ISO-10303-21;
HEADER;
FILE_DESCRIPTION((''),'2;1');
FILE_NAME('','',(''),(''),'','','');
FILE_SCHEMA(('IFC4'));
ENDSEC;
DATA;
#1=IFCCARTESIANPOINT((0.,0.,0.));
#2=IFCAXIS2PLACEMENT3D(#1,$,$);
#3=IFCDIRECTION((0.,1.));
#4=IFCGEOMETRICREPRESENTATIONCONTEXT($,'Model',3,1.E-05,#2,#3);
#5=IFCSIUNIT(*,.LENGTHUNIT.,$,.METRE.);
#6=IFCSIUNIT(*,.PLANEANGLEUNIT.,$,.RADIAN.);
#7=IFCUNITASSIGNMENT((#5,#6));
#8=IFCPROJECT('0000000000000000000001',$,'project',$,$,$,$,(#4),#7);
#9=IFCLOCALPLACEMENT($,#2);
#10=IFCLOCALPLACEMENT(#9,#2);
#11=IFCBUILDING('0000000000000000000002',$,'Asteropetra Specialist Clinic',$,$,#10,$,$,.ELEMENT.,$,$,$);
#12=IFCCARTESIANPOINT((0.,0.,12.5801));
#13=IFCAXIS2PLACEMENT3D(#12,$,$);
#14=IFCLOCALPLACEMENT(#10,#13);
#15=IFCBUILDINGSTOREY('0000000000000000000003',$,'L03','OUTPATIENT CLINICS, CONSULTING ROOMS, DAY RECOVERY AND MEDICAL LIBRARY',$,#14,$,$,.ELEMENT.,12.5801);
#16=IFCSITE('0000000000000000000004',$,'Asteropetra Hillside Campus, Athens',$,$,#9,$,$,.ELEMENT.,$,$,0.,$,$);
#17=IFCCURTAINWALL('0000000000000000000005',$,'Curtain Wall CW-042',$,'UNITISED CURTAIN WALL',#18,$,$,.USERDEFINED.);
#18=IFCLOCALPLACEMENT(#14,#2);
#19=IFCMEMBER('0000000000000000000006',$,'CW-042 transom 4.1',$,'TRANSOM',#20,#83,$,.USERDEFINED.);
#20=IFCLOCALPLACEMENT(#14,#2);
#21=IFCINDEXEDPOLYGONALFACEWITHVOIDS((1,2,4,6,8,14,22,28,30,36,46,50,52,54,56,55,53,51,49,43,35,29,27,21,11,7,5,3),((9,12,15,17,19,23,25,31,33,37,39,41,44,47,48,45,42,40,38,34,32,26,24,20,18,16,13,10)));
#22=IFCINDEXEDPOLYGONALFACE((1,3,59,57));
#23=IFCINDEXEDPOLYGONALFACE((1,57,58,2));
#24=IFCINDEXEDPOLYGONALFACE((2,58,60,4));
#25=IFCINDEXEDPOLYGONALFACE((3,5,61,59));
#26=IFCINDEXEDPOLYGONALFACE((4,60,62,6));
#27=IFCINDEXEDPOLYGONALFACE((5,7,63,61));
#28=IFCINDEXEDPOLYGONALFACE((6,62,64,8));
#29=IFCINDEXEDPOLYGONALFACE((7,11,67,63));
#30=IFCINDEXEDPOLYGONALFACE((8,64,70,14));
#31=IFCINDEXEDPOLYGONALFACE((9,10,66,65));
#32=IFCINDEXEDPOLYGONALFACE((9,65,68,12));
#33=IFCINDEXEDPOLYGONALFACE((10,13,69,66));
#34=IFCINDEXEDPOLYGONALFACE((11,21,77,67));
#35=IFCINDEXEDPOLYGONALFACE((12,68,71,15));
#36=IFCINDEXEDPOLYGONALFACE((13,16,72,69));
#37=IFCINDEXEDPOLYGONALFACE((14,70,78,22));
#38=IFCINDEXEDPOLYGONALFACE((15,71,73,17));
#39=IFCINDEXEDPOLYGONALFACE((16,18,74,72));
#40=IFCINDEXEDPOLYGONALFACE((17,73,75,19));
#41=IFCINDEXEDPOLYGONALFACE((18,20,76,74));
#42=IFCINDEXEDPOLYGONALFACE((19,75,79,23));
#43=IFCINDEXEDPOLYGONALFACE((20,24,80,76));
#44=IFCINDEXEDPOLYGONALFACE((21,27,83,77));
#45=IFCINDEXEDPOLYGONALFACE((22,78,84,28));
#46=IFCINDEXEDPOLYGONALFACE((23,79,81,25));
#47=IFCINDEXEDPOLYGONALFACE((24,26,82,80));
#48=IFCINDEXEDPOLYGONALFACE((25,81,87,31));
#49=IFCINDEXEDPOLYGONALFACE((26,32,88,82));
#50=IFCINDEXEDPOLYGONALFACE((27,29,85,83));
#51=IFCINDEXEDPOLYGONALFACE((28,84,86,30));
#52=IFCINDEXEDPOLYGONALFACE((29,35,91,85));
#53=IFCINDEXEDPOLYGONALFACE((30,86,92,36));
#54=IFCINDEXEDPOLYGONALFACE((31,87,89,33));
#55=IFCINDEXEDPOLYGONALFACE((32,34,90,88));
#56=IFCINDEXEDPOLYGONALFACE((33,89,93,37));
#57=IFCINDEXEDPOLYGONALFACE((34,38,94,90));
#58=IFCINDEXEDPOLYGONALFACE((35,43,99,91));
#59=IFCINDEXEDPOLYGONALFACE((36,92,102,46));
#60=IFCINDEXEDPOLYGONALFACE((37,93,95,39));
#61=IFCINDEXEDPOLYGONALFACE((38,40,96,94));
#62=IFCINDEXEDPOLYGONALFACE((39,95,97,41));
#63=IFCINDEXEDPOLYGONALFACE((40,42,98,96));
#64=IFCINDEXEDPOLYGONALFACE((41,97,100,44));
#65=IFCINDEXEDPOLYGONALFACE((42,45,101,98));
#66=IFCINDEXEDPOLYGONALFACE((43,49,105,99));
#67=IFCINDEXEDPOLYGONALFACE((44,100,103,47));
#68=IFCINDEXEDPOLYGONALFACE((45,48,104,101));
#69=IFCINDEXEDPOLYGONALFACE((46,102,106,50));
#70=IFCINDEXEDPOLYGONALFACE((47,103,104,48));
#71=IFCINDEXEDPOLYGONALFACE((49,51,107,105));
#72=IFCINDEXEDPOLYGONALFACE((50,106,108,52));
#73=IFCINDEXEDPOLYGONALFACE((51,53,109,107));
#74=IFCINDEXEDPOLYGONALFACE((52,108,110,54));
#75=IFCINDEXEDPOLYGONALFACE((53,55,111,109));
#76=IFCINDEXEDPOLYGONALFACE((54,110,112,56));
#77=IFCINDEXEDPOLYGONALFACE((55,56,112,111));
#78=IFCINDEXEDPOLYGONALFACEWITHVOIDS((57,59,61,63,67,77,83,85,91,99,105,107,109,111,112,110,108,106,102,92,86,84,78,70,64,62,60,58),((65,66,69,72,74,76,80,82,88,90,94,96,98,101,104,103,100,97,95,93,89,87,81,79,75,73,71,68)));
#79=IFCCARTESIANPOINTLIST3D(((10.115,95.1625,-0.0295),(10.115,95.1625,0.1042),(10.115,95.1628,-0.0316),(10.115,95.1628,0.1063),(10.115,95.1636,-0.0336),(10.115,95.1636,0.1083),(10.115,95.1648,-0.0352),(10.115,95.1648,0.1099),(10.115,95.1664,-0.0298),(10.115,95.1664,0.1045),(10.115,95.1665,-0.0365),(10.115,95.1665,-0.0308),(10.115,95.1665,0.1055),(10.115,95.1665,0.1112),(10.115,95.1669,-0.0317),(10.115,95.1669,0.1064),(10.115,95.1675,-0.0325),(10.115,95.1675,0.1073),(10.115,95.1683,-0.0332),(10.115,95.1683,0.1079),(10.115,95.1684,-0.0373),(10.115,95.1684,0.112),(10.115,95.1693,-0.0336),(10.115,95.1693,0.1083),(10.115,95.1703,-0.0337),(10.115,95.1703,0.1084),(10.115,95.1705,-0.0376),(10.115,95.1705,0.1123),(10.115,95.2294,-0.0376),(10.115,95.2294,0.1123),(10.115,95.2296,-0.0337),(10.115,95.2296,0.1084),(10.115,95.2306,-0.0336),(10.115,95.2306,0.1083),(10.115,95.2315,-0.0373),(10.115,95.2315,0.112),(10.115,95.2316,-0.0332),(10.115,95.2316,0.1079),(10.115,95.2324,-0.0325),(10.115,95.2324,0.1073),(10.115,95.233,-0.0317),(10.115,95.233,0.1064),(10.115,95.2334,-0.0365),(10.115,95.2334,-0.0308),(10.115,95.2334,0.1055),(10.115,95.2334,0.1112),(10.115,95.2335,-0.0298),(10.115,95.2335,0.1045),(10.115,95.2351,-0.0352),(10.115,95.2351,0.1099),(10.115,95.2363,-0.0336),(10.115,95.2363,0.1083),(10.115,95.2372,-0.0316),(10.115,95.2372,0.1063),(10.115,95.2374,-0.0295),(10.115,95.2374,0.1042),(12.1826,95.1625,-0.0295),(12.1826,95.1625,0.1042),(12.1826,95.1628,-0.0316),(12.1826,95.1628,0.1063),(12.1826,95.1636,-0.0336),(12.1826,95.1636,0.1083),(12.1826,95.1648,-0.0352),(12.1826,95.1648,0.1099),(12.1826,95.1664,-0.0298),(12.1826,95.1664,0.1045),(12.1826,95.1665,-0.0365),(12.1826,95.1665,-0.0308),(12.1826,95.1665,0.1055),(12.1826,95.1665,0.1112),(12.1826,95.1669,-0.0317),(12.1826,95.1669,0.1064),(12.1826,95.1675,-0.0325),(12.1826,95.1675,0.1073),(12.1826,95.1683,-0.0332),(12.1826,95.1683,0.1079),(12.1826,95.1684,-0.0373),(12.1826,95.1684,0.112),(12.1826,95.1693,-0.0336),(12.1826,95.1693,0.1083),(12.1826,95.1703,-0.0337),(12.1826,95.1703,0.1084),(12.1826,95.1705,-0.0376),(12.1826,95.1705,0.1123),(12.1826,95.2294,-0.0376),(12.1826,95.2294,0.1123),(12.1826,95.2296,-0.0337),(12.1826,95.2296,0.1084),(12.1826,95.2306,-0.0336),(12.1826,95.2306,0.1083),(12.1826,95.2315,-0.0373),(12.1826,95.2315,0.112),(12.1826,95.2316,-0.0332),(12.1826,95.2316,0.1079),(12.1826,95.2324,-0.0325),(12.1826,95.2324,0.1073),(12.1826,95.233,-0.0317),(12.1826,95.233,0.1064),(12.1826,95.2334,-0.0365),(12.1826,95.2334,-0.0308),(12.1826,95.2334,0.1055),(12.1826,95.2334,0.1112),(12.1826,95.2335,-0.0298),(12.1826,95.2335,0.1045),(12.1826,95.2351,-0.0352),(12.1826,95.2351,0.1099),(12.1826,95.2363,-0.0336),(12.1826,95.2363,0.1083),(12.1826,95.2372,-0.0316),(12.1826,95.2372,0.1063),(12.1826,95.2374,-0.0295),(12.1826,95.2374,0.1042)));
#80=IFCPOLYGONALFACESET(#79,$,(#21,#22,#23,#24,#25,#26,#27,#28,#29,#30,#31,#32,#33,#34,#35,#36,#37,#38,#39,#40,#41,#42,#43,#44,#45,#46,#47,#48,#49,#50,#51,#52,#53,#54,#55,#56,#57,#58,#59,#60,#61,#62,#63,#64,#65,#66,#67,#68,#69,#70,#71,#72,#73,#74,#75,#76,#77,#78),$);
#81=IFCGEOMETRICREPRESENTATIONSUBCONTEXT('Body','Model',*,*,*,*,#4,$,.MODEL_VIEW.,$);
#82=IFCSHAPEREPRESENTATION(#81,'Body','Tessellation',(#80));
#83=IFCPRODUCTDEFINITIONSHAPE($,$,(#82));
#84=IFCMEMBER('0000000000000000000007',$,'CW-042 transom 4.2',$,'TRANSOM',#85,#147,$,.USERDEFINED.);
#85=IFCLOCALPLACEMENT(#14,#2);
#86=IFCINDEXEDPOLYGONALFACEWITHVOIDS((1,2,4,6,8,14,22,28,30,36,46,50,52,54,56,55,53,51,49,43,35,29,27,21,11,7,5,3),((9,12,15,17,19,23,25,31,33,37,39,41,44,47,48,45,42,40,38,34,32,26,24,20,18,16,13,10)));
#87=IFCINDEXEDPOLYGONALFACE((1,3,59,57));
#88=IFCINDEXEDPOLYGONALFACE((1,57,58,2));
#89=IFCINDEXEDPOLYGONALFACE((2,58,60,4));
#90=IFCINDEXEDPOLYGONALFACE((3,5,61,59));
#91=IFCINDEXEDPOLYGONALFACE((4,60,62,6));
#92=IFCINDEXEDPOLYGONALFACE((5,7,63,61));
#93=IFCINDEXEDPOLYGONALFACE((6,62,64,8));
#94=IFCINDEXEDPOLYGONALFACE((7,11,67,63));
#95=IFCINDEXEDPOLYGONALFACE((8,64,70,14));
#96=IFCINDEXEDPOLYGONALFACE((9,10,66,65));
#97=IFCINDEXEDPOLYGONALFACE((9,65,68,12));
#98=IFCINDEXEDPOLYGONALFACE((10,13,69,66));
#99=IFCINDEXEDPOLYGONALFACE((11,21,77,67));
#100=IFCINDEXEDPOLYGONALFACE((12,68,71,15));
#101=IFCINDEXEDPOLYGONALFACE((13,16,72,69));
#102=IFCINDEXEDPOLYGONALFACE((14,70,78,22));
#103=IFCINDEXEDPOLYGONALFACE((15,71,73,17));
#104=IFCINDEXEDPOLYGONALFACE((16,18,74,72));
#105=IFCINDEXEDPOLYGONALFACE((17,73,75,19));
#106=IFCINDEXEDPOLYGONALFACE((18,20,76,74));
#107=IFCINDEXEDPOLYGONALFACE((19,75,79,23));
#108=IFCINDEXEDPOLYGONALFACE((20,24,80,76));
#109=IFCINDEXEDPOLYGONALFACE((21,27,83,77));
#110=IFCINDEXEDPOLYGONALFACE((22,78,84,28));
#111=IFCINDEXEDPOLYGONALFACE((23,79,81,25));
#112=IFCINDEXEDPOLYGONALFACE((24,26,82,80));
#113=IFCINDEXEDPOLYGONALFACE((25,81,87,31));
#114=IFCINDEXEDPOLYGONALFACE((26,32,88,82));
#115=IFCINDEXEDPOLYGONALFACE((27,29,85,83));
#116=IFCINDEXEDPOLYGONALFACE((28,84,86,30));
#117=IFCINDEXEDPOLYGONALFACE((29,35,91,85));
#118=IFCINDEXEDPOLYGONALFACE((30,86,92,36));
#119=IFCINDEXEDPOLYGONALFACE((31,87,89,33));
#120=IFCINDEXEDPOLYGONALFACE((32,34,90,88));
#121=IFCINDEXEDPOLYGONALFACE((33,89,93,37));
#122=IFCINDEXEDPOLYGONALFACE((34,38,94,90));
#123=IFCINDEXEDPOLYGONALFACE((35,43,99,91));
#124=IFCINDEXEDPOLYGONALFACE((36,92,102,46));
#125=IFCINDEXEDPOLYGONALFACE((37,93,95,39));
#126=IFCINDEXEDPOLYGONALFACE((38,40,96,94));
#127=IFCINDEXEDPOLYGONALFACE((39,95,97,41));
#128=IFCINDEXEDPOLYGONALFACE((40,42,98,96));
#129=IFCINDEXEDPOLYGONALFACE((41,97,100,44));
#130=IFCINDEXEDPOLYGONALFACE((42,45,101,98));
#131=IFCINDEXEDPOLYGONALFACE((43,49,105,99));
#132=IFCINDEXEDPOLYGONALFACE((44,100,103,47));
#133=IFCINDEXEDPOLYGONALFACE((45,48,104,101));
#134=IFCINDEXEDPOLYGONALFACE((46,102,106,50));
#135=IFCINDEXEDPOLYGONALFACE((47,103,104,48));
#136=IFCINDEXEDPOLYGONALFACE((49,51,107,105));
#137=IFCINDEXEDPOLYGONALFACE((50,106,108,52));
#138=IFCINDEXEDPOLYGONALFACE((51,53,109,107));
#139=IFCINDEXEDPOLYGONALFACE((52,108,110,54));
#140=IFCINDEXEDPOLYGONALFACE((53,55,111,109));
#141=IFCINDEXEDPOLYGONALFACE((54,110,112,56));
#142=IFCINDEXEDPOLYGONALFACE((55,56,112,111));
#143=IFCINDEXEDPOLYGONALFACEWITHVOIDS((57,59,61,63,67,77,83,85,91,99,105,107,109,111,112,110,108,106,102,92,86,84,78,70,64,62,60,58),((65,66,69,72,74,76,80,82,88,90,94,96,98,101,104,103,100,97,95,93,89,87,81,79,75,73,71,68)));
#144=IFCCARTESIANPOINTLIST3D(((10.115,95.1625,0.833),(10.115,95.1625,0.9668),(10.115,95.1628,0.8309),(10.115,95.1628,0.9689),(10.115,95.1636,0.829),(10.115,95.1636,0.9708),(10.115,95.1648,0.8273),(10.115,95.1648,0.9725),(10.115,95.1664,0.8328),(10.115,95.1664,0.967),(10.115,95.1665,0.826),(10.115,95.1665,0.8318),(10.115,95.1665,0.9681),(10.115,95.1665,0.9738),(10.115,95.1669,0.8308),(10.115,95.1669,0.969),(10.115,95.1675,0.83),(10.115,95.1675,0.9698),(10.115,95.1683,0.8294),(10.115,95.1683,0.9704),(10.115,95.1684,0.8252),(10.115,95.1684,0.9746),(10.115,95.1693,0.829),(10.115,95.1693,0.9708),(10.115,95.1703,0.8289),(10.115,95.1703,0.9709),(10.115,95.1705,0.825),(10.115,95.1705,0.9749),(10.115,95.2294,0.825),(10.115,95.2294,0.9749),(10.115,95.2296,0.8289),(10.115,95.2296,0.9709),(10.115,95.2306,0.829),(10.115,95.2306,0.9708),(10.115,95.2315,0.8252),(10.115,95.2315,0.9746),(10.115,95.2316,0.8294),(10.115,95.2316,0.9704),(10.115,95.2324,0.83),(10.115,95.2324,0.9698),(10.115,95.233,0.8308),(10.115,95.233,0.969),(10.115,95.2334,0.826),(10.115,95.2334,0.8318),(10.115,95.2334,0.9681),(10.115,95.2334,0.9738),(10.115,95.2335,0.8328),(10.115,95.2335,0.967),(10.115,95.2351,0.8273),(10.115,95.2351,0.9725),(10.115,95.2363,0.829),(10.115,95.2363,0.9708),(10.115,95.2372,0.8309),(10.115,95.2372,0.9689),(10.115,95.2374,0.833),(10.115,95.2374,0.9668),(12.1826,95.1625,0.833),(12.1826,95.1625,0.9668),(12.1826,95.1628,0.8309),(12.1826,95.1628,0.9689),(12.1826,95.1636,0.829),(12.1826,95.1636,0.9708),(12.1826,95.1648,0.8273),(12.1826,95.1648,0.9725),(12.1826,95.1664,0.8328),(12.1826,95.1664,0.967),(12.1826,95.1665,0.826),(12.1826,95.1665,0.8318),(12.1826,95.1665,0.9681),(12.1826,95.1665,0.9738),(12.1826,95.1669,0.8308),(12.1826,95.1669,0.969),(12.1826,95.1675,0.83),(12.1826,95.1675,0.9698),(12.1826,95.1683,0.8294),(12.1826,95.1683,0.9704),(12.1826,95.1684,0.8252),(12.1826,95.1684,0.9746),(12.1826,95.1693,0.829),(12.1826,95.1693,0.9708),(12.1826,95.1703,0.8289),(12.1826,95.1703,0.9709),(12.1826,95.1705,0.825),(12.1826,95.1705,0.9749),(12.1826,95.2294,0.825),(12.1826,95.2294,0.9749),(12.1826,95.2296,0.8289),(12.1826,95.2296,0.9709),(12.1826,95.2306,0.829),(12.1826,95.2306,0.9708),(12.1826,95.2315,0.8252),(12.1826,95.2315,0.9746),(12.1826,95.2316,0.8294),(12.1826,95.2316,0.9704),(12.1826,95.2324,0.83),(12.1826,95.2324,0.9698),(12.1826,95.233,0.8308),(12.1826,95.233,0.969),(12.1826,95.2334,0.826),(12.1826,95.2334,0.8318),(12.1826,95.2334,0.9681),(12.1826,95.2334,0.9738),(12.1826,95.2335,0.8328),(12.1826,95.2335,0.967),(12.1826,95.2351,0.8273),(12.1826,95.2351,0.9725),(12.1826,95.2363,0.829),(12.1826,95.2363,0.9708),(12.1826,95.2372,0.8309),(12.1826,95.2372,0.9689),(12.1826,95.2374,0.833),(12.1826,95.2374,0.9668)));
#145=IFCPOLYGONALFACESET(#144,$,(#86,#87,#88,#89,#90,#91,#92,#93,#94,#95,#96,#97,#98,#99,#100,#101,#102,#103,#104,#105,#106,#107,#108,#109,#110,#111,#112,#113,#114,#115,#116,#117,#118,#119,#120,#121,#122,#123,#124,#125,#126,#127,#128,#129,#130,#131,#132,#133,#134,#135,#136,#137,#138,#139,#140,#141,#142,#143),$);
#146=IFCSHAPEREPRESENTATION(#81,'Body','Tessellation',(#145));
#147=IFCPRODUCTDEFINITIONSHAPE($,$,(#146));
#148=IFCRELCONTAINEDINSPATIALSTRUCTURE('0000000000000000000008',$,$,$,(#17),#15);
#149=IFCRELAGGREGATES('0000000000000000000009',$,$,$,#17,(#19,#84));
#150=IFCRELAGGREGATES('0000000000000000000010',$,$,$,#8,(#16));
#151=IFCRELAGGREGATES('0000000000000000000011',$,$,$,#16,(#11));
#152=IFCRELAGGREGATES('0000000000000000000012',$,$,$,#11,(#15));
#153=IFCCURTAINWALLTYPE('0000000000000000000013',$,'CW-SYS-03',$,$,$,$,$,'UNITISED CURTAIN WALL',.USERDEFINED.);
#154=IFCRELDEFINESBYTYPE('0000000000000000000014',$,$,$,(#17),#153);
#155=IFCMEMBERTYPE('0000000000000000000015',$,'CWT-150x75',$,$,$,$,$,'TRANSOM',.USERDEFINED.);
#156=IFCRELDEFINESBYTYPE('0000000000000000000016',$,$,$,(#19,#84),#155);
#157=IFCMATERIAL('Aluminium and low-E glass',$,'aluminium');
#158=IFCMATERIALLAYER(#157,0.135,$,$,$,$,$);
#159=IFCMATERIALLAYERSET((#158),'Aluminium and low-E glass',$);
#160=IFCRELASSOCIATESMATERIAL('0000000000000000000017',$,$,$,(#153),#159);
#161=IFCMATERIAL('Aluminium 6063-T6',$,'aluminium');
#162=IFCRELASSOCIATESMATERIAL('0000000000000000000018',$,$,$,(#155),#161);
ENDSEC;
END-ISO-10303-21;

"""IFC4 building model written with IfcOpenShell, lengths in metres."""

from ifc_helpers import new_model, si_unit, direction, frame, origin, origin_2d, place, context, subcontext, project, spatial, hollow_rectangle, extrude, material, layer, layer_set, material_profile, profile_set, type_object, element, aggregate, save


model = new_model("IFC4")

# Units and contexts
model_context = context("Model", 3, precision=1e-05, world=origin(), true_north=direction((0.0, 1.0)))
body_context = subcontext(model_context, "Body", "Model", "MODEL_VIEW")
ifc_project = project(units=[si_unit("LENGTHUNIT", "METRE"), si_unit("PLANEANGLEUNIT", "RADIAN")], contexts=[model_context])

# Site, building, storey
site_placement = place(None, origin())
site = spatial("IfcSite", under=ifc_project, at=site_placement, Name="Asteropetra Hillside Campus, Athens", CompositionType="ELEMENT", RefElevation=0.0)
building_placement = place(site_placement, origin())
building = spatial("IfcBuilding", under=site, at=building_placement, Name="Asteropetra Specialist Clinic", CompositionType="ELEMENT")
storey_placement = place(building_placement, frame((0.0, 0.0, 12.5801)))
storey = spatial("IfcBuildingStorey", under=building, at=storey_placement, Name="L03", Description="OUTPATIENT CLINICS, CONSULTING ROOMS, DAY RECOVERY AND MEDICAL LIBRARY", CompositionType="ELEMENT", Elevation=12.5801)

# Curtain wall, members
ifc_material_1 = material(Name="Aluminium and low-E glass", Category="aluminium")
ifc_layer_1 = layer(ifc_material_1, 0.135)
ifc_layer_set_1 = layer_set([ifc_layer_1], Name="Aluminium and low-E glass")
curtain_wall_type = type_object("IfcCurtainWallType", Name="CW-SYS-03", ElementType="UNITISED CURTAIN WALL", PredefinedType="USERDEFINED", material=ifc_layer_set_1)
curtain_wall_placement = place(storey_placement, origin())
curtain_wall = element("IfcCurtainWall", 1, at=curtain_wall_placement, inside=storey, type_object=curtain_wall_type, Name="Curtain Wall CW-042", ObjectType="UNITISED CURTAIN WALL", PredefinedType="USERDEFINED")
ifc_material_2 = material(Name="Aluminium 6063-T6", Category="aluminium")
ifc_material_profile_1 = material_profile(ifc_material_2, hollow_rectangle(XDim=0.075, YDim=0.1499, WallThickness=0.0039, InnerFilletRadius=0.0039, OuterFilletRadius=0.0081, at=origin_2d()), Name="TRN 150x75x4.0")
ifc_profile_set_1 = profile_set([ifc_material_profile_1], Name="Aluminium 6063-T6")
member_type_1 = type_object("IfcMemberType", Name="CWT-150x75", ElementType="TRANSOM", PredefinedType="USERDEFINED", material=ifc_profile_set_1)
member_1_placement = place(storey_placement, frame((12.1826, 95.2, 0.0374), z_axis=(-1.0, 0.0, 0.0), x_axis=(0.0, -1.0, 0.0)))
member_1 = element("IfcMember", 2, at=member_1_placement, type_object=member_type_1, Name="CW-042 transom 4.1", ObjectType="TRANSOM", PredefinedType="USERDEFINED", context=body_context, shape_type="SweptSolid", body=[
    extrude(hollow_rectangle(XDim=0.075, YDim=0.1499, WallThickness=0.0039, InnerFilletRadius=0.0039, OuterFilletRadius=0.0081, at=origin_2d()), origin(), (0.0, 0.0, 1.0), 2.0676),
])
member_2_placement = place(storey_placement, frame((12.1826, 95.2, 0.8999), z_axis=(-1.0, 0.0, 0.0), x_axis=(0.0, -1.0, 0.0)))
member_2 = element("IfcMember", 3, at=member_2_placement, type_object=member_type_1, Name="CW-042 transom 4.2", ObjectType="TRANSOM", PredefinedType="USERDEFINED", context=body_context, shape_type="SweptSolid", body=[
    extrude(hollow_rectangle(XDim=0.075, YDim=0.1499, WallThickness=0.0039, InnerFilletRadius=0.0039, OuterFilletRadius=0.0081, at=origin_2d()), origin(), (0.0, 0.0, 1.0), 2.0676),
])

aggregate(curtain_wall, [member_1, member_2])

save(model, "model.ifc")
